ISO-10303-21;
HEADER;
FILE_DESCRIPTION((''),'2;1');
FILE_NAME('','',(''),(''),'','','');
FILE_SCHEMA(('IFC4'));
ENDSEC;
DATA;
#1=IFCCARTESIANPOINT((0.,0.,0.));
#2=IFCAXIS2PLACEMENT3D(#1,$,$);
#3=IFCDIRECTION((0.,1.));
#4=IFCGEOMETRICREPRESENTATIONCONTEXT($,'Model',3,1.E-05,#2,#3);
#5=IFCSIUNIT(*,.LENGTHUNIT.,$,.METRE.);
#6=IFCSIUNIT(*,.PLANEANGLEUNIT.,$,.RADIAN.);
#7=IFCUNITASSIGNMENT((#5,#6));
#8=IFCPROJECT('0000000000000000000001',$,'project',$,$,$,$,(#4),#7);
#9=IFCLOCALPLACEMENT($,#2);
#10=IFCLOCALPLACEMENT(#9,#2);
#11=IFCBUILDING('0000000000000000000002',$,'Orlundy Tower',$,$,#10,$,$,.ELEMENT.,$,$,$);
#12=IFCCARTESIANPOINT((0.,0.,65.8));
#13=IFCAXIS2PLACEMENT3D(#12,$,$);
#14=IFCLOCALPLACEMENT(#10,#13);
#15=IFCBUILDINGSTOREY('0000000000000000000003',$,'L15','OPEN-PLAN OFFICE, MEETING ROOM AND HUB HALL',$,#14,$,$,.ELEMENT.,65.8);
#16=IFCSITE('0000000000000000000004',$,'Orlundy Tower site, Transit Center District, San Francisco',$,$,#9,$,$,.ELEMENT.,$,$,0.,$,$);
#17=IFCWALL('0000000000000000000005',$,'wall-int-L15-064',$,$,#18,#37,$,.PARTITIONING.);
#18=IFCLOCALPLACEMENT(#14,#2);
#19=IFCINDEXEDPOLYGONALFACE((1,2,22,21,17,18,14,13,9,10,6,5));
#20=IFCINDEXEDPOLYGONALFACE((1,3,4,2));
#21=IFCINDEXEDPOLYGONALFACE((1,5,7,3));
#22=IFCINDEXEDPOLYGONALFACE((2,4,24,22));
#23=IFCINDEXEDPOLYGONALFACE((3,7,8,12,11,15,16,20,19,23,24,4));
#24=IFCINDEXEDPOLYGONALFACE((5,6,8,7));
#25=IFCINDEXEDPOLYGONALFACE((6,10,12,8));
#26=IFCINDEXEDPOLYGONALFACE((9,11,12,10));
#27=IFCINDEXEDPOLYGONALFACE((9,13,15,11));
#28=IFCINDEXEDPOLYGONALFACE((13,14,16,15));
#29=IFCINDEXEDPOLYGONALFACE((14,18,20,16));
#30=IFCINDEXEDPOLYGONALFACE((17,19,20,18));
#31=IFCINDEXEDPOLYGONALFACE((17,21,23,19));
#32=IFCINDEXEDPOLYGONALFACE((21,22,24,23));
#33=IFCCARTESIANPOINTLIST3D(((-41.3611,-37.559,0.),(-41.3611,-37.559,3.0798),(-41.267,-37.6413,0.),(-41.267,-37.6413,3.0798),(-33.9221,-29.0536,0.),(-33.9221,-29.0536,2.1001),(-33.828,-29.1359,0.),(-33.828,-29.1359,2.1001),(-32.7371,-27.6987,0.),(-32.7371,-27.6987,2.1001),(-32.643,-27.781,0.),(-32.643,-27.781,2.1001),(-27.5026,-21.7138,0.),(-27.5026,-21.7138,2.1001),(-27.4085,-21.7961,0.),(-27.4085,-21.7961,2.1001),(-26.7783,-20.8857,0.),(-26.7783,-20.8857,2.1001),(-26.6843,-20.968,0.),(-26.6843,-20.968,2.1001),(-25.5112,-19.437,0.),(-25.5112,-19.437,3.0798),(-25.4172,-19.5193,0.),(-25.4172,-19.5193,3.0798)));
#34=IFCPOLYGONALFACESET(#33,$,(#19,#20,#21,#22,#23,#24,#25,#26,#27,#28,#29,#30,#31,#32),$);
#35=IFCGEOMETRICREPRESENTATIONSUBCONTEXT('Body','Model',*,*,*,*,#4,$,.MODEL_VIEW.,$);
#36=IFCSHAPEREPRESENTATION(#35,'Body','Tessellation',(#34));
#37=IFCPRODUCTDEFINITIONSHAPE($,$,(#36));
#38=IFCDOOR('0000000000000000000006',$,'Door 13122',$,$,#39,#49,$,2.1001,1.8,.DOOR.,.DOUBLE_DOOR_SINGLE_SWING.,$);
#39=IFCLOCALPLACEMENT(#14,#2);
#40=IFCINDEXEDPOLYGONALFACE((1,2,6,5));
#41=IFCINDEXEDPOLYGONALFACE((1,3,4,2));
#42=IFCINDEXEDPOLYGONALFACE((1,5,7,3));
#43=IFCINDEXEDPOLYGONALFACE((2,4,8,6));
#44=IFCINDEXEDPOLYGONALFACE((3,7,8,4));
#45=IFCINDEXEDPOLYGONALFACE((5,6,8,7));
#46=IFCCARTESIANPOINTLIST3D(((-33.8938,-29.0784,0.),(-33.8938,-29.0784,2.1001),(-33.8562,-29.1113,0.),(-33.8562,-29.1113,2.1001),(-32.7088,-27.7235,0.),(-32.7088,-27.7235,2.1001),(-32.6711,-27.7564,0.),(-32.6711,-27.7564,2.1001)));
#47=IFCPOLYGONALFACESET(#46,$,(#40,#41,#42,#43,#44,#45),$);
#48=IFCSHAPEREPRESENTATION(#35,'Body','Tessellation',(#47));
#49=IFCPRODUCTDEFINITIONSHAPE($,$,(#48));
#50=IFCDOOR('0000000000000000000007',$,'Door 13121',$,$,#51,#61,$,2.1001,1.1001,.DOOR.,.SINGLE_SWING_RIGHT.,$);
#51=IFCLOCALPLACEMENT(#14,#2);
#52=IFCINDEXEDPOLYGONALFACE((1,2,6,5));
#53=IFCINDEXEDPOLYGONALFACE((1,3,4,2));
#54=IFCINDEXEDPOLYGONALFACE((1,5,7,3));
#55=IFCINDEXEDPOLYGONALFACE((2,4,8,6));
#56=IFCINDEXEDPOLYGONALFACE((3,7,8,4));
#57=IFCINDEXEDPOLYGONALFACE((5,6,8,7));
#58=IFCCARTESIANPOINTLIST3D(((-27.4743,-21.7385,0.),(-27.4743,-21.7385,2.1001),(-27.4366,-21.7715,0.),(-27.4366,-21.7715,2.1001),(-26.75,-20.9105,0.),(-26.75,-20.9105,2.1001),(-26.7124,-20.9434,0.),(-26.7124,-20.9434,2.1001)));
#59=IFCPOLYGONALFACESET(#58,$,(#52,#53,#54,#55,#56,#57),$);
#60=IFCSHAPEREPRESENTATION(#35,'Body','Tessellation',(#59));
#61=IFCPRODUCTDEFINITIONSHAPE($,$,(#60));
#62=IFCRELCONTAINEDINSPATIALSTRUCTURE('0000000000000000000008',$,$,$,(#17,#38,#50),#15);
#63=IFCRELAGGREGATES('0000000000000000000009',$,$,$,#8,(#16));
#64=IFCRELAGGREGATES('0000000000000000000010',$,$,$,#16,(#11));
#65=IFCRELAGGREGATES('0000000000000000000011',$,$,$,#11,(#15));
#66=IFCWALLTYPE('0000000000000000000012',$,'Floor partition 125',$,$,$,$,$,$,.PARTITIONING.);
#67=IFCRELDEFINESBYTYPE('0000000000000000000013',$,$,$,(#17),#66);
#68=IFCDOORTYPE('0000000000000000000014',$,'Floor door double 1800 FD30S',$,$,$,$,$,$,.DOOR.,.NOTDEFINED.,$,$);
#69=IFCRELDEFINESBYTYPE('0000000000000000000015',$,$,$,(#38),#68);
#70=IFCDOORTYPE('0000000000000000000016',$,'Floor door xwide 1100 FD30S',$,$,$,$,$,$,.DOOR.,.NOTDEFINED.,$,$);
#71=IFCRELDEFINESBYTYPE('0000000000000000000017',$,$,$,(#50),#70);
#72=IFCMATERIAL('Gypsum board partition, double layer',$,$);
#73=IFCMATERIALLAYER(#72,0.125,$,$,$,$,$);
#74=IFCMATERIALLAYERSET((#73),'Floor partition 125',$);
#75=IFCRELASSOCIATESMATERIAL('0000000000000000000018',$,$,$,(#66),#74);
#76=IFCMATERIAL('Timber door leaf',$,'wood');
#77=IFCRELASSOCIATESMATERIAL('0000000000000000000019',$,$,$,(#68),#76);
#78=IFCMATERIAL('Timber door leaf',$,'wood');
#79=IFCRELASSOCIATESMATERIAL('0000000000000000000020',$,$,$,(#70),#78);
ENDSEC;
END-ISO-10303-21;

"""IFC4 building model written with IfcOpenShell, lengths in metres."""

from ifc_helpers import new_model, si_unit, direction, frame, frame_2d, origin, place, context, subcontext, project, spatial, rectangle, extrude, material, layer, layer_set, type_object, element, fill, save


model = new_model("IFC4")

# Units and contexts
model_context = context("Model", 3, precision=1e-05, world=origin(), true_north=direction((0.0, 1.0)))
body_context = subcontext(model_context, "Body", "Model", "MODEL_VIEW")
ifc_project = project(units=[si_unit("LENGTHUNIT", "METRE"), si_unit("PLANEANGLEUNIT", "RADIAN")], contexts=[model_context])

# Site, building, storey
site_placement = place(None, origin())
site = spatial("IfcSite", under=ifc_project, at=site_placement, Name="Orlundy Tower site, Transit Center District, San Francisco", CompositionType="ELEMENT", RefElevation=0.0)
building_placement = place(site_placement, origin())
building = spatial("IfcBuilding", under=site, at=building_placement, Name="Orlundy Tower", CompositionType="ELEMENT")
storey_placement = place(building_placement, frame((0.0, 0.0, 65.8)))
storey = spatial("IfcBuildingStorey", under=building, at=storey_placement, Name="L15", Description="OPEN-PLAN OFFICE, MEETING ROOM AND HUB HALL", CompositionType="ELEMENT", Elevation=65.8)

# Shared definitions
ifc_material_1 = material(Name="Gypsum board partition, double layer")
ifc_layer_1 = layer(ifc_material_1, 0.125)
ifc_layer_set_1 = layer_set([ifc_layer_1], Name="Floor partition 125")
wall_type_1 = type_object("IfcWallType", Name="Floor partition 125", PredefinedType="PARTITIONING", material=ifc_layer_set_1)

# Wall, openings, doors
wall_1_placement = place(storey_placement, frame((-41.314, -37.6001, 0.0), z_axis=(0.0, 0.0, 1.0), x_axis=(0.658341, 0.75272, 0.0)))
wall_1 = element("IfcWall", 1, at=wall_1_placement, inside=storey, type_object=wall_type_1, Name="wall-int-L15-064", PredefinedType="PARTITIONING", context=body_context, shape_type="SweptSolid", body=[
    extrude(rectangle(XDim=24.0754, YDim=0.125, at=frame_2d((12.0376, 0.0))), origin(), (0.0, 0.0, 1.0), 3.0798),
])
opening_1_placement = place(wall_1_placement, frame((21.0505, 0.0, 0.0)))
opening_1 = element("IfcOpeningElement", 2, at=opening_1_placement, cuts=wall_1, PredefinedType="OPENING", context=body_context, shape_type="SweptSolid", body=[
    extrude(rectangle(XDim=1.1001, YDim=2.1001, at=frame_2d((0.55, 1.05))), frame((0.0, 0.0725, 0.0), z_axis=(0.0, -1.0, 0.0), x_axis=(1.0, 0.0, 0.0)), (0.0, 0.0, 1.0), 0.145),
])
opening_2_placement = place(wall_1_placement, frame((11.2996, 0.0, 0.0)))
opening_2 = element("IfcOpeningElement", 3, at=opening_2_placement, cuts=wall_1, PredefinedType="OPENING", context=body_context, shape_type="SweptSolid", body=[
    extrude(rectangle(XDim=1.8, YDim=2.1001, at=frame_2d((0.8999, 1.05))), frame((0.0, 0.0725, 0.0), z_axis=(0.0, -1.0, 0.0), x_axis=(1.0, 0.0, 0.0)), (0.0, 0.0, 1.0), 0.145),
])
ifc_material_2 = material(Name="Timber door leaf", Category="wood")
door_type_1 = type_object("IfcDoorType", Name="Floor door double 1800 FD30S", OperationType="NOTDEFINED", PredefinedType="DOOR", material=ifc_material_2)
door_1_placement = place(opening_2_placement, origin())
door_1 = element("IfcDoor", 4, at=door_1_placement, inside=storey, type_object=door_type_1, Name="Door 13122", OperationType="DOUBLE_DOOR_SINGLE_SWING", OverallHeight=2.1001, OverallWidth=1.8, PredefinedType="DOOR", context=body_context, shape_type="SweptSolid", body=[
    extrude(rectangle(XDim=1.8, YDim=2.1001, at=frame_2d((0.8999, 1.05))), frame((0.0, 0.0249, 0.0), z_axis=(0.0, -1.0, 0.0), x_axis=(1.0, 0.0, 0.0)), (0.0, 0.0, 1.0), 0.05),
])
fill(opening_2, door_1)
ifc_material_3 = material(Name="Timber door leaf", Category="wood")
door_type_2 = type_object("IfcDoorType", Name="Floor door xwide 1100 FD30S", OperationType="NOTDEFINED", PredefinedType="DOOR", material=ifc_material_3)
door_2_placement = place(opening_1_placement, origin())
door_2 = element("IfcDoor", 5, at=door_2_placement, inside=storey, type_object=door_type_2, Name="Door 13121", OperationType="SINGLE_SWING_RIGHT", OverallHeight=2.1001, OverallWidth=1.1001, PredefinedType="DOOR", context=body_context, shape_type="SweptSolid", body=[
    extrude(rectangle(XDim=1.1001, YDim=2.1001, at=frame_2d((0.55, 1.05))), frame((0.0, 0.0249, 0.0), z_axis=(0.0, -1.0, 0.0), x_axis=(1.0, 0.0, 0.0)), (0.0, 0.0, 1.0), 0.05),
])
fill(opening_1, door_2)

save(model, "model.ifc")
